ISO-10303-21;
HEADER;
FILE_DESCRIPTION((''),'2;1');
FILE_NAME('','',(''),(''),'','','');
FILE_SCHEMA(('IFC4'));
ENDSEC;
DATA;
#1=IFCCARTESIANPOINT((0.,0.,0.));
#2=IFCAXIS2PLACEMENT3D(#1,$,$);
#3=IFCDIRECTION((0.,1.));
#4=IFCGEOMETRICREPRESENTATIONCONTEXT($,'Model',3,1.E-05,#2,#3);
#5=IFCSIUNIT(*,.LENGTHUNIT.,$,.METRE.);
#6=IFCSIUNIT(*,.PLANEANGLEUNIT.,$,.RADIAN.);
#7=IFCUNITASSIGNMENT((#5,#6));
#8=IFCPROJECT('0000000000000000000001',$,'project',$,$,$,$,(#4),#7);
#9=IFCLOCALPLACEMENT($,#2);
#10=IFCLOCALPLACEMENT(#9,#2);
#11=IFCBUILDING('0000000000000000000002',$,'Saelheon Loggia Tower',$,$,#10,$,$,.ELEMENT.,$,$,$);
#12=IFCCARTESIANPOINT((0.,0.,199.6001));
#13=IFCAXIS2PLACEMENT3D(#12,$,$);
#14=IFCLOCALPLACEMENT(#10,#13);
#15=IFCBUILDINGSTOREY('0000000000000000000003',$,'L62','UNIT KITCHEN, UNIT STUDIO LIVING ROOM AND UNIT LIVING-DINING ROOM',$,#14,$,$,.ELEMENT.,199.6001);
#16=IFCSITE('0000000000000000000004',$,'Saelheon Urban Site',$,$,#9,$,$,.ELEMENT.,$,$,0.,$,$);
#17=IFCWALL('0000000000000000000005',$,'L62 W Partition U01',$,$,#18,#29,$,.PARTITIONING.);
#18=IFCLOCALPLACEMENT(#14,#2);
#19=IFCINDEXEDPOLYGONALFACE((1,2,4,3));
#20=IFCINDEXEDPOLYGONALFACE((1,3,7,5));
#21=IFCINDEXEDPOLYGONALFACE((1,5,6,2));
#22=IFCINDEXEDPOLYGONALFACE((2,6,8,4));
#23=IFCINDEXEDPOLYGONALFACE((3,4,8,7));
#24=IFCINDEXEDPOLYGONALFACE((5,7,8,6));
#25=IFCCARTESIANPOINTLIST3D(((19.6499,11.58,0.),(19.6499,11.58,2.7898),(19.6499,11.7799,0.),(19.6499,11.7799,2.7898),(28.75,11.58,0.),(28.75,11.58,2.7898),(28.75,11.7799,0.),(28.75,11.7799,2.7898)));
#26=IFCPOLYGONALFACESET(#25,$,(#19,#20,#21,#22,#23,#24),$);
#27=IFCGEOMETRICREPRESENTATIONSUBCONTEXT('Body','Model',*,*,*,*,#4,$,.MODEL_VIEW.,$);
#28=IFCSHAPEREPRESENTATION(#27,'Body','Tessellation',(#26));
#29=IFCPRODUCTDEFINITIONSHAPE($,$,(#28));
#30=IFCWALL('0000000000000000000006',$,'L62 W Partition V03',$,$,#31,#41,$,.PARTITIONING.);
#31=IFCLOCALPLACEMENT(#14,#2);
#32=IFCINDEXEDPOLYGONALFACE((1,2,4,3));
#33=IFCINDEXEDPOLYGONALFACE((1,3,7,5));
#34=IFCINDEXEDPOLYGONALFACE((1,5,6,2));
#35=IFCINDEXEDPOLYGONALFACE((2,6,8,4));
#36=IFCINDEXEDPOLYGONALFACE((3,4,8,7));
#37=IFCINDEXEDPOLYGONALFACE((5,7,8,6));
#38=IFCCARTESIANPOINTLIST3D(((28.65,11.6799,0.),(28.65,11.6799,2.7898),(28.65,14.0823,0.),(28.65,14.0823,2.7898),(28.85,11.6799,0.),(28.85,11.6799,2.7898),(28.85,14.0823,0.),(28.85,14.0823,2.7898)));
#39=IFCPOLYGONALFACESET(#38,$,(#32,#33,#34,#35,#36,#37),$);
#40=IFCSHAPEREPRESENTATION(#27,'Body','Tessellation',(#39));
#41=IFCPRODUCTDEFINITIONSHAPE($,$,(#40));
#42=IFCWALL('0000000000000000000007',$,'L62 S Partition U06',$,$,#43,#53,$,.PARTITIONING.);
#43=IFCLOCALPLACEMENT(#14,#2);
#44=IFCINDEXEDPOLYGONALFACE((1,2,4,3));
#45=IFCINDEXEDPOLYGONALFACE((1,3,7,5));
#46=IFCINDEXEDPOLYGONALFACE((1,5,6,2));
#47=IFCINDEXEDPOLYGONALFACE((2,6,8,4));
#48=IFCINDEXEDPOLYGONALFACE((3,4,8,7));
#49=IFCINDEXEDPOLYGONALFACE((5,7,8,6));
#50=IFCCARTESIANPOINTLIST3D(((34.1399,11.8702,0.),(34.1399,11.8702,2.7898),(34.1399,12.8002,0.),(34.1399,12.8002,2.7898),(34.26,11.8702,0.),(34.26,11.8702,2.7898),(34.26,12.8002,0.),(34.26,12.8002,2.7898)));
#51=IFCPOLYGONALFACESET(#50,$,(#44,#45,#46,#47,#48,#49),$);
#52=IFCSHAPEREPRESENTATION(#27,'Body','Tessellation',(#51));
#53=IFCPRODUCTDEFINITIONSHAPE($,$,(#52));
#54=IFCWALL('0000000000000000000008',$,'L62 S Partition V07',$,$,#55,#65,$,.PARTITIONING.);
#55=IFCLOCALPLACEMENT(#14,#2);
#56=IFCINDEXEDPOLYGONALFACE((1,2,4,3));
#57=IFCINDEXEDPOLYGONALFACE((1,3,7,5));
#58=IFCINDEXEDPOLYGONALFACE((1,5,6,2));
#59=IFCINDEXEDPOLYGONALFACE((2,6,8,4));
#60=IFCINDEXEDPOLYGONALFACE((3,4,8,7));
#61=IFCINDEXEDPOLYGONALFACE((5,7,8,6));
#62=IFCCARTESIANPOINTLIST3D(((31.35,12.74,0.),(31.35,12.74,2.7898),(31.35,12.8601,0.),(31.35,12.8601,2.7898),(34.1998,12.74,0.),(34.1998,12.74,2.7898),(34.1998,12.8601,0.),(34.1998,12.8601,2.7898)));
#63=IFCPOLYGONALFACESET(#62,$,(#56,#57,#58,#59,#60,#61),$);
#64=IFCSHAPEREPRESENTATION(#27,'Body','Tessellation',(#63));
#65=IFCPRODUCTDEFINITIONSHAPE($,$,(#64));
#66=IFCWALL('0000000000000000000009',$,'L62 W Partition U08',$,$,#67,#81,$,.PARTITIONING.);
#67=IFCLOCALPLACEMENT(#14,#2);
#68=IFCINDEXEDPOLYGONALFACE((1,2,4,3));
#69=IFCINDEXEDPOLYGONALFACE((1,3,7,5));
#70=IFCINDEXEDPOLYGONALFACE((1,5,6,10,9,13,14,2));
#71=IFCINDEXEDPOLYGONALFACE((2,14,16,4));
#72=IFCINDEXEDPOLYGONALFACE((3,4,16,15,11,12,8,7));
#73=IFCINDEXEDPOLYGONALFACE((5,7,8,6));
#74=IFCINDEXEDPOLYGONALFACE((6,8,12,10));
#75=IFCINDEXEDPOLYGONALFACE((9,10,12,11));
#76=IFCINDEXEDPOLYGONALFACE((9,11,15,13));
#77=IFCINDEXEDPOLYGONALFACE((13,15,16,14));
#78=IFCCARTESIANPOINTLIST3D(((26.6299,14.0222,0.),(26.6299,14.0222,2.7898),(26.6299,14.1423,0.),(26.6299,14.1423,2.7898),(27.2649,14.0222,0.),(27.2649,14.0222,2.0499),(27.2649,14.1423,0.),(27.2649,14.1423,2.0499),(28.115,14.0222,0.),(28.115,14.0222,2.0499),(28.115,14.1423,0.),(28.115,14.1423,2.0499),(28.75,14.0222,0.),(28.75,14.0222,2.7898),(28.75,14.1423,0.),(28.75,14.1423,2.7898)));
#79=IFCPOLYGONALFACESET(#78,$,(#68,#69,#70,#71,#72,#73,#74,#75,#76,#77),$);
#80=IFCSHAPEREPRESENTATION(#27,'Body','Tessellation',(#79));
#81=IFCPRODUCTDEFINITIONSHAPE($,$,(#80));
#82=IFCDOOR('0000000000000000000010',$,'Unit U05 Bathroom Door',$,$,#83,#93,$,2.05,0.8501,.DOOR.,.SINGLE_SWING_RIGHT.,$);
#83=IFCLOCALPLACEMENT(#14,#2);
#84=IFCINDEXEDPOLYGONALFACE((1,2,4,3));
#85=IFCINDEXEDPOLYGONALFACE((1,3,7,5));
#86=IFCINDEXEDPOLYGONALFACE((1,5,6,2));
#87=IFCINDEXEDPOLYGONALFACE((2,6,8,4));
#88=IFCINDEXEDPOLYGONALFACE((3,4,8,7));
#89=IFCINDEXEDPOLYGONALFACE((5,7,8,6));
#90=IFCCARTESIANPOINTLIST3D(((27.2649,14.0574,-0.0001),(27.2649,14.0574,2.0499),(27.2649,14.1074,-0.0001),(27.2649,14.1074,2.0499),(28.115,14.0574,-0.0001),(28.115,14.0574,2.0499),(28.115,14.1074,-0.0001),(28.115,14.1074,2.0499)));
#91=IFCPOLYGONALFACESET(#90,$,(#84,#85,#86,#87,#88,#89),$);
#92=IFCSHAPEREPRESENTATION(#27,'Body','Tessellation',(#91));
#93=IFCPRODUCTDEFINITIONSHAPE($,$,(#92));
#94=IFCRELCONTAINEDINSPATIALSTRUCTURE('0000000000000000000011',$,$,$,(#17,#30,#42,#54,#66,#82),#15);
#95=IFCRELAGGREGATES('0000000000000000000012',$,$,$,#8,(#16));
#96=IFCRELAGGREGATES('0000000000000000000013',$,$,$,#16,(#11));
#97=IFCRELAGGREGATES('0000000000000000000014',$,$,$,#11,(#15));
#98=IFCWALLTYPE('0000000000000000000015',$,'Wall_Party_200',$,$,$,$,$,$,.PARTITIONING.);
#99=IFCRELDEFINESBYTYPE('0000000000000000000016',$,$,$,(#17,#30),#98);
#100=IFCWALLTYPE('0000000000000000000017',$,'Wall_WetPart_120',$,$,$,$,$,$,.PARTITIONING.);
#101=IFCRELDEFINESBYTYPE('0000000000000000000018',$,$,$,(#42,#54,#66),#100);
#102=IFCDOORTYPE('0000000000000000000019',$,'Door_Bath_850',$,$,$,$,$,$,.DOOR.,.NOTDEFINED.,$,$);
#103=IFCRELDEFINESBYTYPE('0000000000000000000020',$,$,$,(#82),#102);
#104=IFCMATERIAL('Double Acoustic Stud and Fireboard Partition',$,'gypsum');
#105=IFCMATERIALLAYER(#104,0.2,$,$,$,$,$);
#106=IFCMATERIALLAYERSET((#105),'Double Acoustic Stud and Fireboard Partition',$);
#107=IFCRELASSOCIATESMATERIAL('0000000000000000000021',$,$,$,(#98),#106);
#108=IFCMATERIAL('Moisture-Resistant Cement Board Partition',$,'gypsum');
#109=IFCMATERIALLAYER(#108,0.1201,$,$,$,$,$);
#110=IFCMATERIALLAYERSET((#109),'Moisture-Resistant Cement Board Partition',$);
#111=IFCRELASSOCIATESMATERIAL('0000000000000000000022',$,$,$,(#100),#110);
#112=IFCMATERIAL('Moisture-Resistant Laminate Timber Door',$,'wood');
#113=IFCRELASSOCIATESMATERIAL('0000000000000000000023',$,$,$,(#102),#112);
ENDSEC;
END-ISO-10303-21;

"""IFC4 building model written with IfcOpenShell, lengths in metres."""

from ifc_helpers import new_model, si_unit, direction, frame, frame_2d, origin, place, context, subcontext, project, spatial, rectangle, extrude, source, transform, mapped, material, layer, layer_set, type_object, element, fill, save


model = new_model("IFC4")

# Units and contexts
model_context = context("Model", 3, precision=1e-05, world=origin(), true_north=direction((0.0, 1.0)))
body_context = subcontext(model_context, "Body", "Model", "MODEL_VIEW")
ifc_project = project(units=[si_unit("LENGTHUNIT", "METRE"), si_unit("PLANEANGLEUNIT", "RADIAN")], contexts=[model_context])

# Site, building, storey
site_placement = place(None, origin())
site = spatial("IfcSite", under=ifc_project, at=site_placement, Name="Saelheon Urban Site", CompositionType="ELEMENT", RefElevation=0.0)
building_placement = place(site_placement, origin())
building = spatial("IfcBuilding", under=site, at=building_placement, Name="Saelheon Loggia Tower", CompositionType="ELEMENT")
storey_placement = place(building_placement, frame((0.0, 0.0, 199.6001)))
storey = spatial("IfcBuildingStorey", under=building, at=storey_placement, Name="L62", Description="UNIT KITCHEN, UNIT STUDIO LIVING ROOM AND UNIT LIVING-DINING ROOM", CompositionType="ELEMENT", Elevation=199.6001)

# Walls
ifc_material_1 = material(Name="Double Acoustic Stud and Fireboard Partition", Category="gypsum")
ifc_layer_1 = layer(ifc_material_1, 0.2)
ifc_layer_set_1 = layer_set([ifc_layer_1], Name="Double Acoustic Stud and Fireboard Partition")
wall_type_1 = type_object("IfcWallType", Name="Wall_Party_200", PredefinedType="PARTITIONING", material=ifc_layer_set_1)
wall_1_placement = place(storey_placement, frame((28.75, 11.6799, 0.0), z_axis=(0.0, 0.0, 1.0), x_axis=(-1.0, 0.0, 0.0)))
element("IfcWall", 1, at=wall_1_placement, inside=storey, type_object=wall_type_1, Name="L62 W Partition U01", PredefinedType="PARTITIONING", context=body_context, shape_type="SweptSolid", body=[
    extrude(rectangle(XDim=9.1001, YDim=0.2, at=frame_2d((4.55, 0.0))), origin(), (0.0, 0.0, 1.0), 2.7898),
])
wall_2_placement = place(storey_placement, frame((28.75, 11.6799, 0.0), z_axis=(0.0, 0.0, 1.0), x_axis=(0.0, 1.0, 0.0)))
element("IfcWall", 2, at=wall_2_placement, inside=storey, type_object=wall_type_1, Name="L62 W Partition V03", PredefinedType="PARTITIONING", context=body_context, shape_type="SweptSolid", body=[
    extrude(rectangle(XDim=2.4023, YDim=0.2, at=frame_2d((1.2012, 0.0))), origin(), (0.0, 0.0, 1.0), 2.7898),
])

# Walls
ifc_material_2 = material(Name="Moisture-Resistant Cement Board Partition", Category="gypsum")
ifc_layer_2 = layer(ifc_material_2, 0.1201)
ifc_layer_set_2 = layer_set([ifc_layer_2], Name="Moisture-Resistant Cement Board Partition")
wall_type_2 = type_object("IfcWallType", Name="Wall_WetPart_120", PredefinedType="PARTITIONING", material=ifc_layer_set_2)
wall_3_placement = place(storey_placement, frame((34.2, 12.8, 0.0), z_axis=(0.0, 0.0, 1.0), x_axis=(0.0, -1.0, 0.0)))
element("IfcWall", 3, at=wall_3_placement, inside=storey, type_object=wall_type_2, Name="L62 S Partition U06", PredefinedType="PARTITIONING", context=body_context, shape_type="SweptSolid", body=[
    extrude(rectangle(XDim=0.9299, YDim=0.1201, at=frame_2d((0.4648, 0.0))), origin(), (0.0, 0.0, 1.0), 2.7898),
])
wall_4_placement = place(storey_placement, frame((31.3501, 12.8, 0.0), z_axis=(0.0, 0.0, 1.0), x_axis=(1.0, 0.0, 0.0)))
element("IfcWall", 4, at=wall_4_placement, inside=storey, type_object=wall_type_2, Name="L62 S Partition V07", PredefinedType="PARTITIONING", context=body_context, shape_type="SweptSolid", body=[
    extrude(rectangle(XDim=2.8499, YDim=0.1201, at=frame_2d((1.4248, 0.0))), origin(), (0.0, 0.0, 1.0), 2.7898),
])

# Wall, opening, door
wall_5_placement = place(storey_placement, frame((28.75, 14.0823, 0.0), z_axis=(0.0, 0.0, 1.0), x_axis=(-1.0, 0.0, 0.0)))
wall_5 = element("IfcWall", 5, at=wall_5_placement, inside=storey, type_object=wall_type_2, Name="L62 W Partition U08", PredefinedType="PARTITIONING", context=body_context, shape_type="SweptSolid", body=[
    extrude(rectangle(XDim=2.1201, YDim=0.1201, at=frame_2d((1.0601, 0.0))), origin(), (0.0, 0.0, 1.0), 2.7898),
])
opening_1_placement = place(wall_5_placement, frame((0.635, 0.0, 0.0)))
opening_1 = element("IfcOpeningElement", 6, at=opening_1_placement, cuts=wall_5, PredefinedType="OPENING", context=body_context, shape_type="SweptSolid", body=[
    extrude(rectangle(XDim=0.8501, YDim=2.05, at=frame_2d((0.425, 1.0249))), frame((0.0, 0.072, 0.0), z_axis=(0.0, -1.0, 0.0), x_axis=(1.0, 0.0, 0.0)), (0.0, 0.0, 1.0), 0.144),
])
ifc_material_3 = material(Name="Moisture-Resistant Laminate Timber Door", Category="wood")
door_type_1 = type_object("IfcDoorType", Name="Door_Bath_850", OperationType="NOTDEFINED", PredefinedType="DOOR", material=ifc_material_3)
shared_shape_1 = source(origin(), body_context, "Body", "SweptSolid", [
    extrude(rectangle(XDim=0.8501, YDim=2.05, at=frame_2d((0.425, 1.0249))), frame((0.0, 0.0249, 0.0), z_axis=(0.0, -1.0, 0.0), x_axis=(1.0, 0.0, 0.0)), (0.0, 0.0, 1.0), 0.05),
])
door_1_placement = place(opening_1_placement, origin())
door_1 = element("IfcDoor", 7, at=door_1_placement, inside=storey, type_object=door_type_1, Name="Unit U05 Bathroom Door", OperationType="SINGLE_SWING_RIGHT", OverallHeight=2.05, OverallWidth=0.8501, PredefinedType="DOOR", context=body_context, shape_type="MappedRepresentation", body=[
    mapped(shared_shape_1, transform((0.0, 0.0, 0.0), scale=1.0)),
])
fill(opening_1, door_1)

save(model, "model.ifc")
